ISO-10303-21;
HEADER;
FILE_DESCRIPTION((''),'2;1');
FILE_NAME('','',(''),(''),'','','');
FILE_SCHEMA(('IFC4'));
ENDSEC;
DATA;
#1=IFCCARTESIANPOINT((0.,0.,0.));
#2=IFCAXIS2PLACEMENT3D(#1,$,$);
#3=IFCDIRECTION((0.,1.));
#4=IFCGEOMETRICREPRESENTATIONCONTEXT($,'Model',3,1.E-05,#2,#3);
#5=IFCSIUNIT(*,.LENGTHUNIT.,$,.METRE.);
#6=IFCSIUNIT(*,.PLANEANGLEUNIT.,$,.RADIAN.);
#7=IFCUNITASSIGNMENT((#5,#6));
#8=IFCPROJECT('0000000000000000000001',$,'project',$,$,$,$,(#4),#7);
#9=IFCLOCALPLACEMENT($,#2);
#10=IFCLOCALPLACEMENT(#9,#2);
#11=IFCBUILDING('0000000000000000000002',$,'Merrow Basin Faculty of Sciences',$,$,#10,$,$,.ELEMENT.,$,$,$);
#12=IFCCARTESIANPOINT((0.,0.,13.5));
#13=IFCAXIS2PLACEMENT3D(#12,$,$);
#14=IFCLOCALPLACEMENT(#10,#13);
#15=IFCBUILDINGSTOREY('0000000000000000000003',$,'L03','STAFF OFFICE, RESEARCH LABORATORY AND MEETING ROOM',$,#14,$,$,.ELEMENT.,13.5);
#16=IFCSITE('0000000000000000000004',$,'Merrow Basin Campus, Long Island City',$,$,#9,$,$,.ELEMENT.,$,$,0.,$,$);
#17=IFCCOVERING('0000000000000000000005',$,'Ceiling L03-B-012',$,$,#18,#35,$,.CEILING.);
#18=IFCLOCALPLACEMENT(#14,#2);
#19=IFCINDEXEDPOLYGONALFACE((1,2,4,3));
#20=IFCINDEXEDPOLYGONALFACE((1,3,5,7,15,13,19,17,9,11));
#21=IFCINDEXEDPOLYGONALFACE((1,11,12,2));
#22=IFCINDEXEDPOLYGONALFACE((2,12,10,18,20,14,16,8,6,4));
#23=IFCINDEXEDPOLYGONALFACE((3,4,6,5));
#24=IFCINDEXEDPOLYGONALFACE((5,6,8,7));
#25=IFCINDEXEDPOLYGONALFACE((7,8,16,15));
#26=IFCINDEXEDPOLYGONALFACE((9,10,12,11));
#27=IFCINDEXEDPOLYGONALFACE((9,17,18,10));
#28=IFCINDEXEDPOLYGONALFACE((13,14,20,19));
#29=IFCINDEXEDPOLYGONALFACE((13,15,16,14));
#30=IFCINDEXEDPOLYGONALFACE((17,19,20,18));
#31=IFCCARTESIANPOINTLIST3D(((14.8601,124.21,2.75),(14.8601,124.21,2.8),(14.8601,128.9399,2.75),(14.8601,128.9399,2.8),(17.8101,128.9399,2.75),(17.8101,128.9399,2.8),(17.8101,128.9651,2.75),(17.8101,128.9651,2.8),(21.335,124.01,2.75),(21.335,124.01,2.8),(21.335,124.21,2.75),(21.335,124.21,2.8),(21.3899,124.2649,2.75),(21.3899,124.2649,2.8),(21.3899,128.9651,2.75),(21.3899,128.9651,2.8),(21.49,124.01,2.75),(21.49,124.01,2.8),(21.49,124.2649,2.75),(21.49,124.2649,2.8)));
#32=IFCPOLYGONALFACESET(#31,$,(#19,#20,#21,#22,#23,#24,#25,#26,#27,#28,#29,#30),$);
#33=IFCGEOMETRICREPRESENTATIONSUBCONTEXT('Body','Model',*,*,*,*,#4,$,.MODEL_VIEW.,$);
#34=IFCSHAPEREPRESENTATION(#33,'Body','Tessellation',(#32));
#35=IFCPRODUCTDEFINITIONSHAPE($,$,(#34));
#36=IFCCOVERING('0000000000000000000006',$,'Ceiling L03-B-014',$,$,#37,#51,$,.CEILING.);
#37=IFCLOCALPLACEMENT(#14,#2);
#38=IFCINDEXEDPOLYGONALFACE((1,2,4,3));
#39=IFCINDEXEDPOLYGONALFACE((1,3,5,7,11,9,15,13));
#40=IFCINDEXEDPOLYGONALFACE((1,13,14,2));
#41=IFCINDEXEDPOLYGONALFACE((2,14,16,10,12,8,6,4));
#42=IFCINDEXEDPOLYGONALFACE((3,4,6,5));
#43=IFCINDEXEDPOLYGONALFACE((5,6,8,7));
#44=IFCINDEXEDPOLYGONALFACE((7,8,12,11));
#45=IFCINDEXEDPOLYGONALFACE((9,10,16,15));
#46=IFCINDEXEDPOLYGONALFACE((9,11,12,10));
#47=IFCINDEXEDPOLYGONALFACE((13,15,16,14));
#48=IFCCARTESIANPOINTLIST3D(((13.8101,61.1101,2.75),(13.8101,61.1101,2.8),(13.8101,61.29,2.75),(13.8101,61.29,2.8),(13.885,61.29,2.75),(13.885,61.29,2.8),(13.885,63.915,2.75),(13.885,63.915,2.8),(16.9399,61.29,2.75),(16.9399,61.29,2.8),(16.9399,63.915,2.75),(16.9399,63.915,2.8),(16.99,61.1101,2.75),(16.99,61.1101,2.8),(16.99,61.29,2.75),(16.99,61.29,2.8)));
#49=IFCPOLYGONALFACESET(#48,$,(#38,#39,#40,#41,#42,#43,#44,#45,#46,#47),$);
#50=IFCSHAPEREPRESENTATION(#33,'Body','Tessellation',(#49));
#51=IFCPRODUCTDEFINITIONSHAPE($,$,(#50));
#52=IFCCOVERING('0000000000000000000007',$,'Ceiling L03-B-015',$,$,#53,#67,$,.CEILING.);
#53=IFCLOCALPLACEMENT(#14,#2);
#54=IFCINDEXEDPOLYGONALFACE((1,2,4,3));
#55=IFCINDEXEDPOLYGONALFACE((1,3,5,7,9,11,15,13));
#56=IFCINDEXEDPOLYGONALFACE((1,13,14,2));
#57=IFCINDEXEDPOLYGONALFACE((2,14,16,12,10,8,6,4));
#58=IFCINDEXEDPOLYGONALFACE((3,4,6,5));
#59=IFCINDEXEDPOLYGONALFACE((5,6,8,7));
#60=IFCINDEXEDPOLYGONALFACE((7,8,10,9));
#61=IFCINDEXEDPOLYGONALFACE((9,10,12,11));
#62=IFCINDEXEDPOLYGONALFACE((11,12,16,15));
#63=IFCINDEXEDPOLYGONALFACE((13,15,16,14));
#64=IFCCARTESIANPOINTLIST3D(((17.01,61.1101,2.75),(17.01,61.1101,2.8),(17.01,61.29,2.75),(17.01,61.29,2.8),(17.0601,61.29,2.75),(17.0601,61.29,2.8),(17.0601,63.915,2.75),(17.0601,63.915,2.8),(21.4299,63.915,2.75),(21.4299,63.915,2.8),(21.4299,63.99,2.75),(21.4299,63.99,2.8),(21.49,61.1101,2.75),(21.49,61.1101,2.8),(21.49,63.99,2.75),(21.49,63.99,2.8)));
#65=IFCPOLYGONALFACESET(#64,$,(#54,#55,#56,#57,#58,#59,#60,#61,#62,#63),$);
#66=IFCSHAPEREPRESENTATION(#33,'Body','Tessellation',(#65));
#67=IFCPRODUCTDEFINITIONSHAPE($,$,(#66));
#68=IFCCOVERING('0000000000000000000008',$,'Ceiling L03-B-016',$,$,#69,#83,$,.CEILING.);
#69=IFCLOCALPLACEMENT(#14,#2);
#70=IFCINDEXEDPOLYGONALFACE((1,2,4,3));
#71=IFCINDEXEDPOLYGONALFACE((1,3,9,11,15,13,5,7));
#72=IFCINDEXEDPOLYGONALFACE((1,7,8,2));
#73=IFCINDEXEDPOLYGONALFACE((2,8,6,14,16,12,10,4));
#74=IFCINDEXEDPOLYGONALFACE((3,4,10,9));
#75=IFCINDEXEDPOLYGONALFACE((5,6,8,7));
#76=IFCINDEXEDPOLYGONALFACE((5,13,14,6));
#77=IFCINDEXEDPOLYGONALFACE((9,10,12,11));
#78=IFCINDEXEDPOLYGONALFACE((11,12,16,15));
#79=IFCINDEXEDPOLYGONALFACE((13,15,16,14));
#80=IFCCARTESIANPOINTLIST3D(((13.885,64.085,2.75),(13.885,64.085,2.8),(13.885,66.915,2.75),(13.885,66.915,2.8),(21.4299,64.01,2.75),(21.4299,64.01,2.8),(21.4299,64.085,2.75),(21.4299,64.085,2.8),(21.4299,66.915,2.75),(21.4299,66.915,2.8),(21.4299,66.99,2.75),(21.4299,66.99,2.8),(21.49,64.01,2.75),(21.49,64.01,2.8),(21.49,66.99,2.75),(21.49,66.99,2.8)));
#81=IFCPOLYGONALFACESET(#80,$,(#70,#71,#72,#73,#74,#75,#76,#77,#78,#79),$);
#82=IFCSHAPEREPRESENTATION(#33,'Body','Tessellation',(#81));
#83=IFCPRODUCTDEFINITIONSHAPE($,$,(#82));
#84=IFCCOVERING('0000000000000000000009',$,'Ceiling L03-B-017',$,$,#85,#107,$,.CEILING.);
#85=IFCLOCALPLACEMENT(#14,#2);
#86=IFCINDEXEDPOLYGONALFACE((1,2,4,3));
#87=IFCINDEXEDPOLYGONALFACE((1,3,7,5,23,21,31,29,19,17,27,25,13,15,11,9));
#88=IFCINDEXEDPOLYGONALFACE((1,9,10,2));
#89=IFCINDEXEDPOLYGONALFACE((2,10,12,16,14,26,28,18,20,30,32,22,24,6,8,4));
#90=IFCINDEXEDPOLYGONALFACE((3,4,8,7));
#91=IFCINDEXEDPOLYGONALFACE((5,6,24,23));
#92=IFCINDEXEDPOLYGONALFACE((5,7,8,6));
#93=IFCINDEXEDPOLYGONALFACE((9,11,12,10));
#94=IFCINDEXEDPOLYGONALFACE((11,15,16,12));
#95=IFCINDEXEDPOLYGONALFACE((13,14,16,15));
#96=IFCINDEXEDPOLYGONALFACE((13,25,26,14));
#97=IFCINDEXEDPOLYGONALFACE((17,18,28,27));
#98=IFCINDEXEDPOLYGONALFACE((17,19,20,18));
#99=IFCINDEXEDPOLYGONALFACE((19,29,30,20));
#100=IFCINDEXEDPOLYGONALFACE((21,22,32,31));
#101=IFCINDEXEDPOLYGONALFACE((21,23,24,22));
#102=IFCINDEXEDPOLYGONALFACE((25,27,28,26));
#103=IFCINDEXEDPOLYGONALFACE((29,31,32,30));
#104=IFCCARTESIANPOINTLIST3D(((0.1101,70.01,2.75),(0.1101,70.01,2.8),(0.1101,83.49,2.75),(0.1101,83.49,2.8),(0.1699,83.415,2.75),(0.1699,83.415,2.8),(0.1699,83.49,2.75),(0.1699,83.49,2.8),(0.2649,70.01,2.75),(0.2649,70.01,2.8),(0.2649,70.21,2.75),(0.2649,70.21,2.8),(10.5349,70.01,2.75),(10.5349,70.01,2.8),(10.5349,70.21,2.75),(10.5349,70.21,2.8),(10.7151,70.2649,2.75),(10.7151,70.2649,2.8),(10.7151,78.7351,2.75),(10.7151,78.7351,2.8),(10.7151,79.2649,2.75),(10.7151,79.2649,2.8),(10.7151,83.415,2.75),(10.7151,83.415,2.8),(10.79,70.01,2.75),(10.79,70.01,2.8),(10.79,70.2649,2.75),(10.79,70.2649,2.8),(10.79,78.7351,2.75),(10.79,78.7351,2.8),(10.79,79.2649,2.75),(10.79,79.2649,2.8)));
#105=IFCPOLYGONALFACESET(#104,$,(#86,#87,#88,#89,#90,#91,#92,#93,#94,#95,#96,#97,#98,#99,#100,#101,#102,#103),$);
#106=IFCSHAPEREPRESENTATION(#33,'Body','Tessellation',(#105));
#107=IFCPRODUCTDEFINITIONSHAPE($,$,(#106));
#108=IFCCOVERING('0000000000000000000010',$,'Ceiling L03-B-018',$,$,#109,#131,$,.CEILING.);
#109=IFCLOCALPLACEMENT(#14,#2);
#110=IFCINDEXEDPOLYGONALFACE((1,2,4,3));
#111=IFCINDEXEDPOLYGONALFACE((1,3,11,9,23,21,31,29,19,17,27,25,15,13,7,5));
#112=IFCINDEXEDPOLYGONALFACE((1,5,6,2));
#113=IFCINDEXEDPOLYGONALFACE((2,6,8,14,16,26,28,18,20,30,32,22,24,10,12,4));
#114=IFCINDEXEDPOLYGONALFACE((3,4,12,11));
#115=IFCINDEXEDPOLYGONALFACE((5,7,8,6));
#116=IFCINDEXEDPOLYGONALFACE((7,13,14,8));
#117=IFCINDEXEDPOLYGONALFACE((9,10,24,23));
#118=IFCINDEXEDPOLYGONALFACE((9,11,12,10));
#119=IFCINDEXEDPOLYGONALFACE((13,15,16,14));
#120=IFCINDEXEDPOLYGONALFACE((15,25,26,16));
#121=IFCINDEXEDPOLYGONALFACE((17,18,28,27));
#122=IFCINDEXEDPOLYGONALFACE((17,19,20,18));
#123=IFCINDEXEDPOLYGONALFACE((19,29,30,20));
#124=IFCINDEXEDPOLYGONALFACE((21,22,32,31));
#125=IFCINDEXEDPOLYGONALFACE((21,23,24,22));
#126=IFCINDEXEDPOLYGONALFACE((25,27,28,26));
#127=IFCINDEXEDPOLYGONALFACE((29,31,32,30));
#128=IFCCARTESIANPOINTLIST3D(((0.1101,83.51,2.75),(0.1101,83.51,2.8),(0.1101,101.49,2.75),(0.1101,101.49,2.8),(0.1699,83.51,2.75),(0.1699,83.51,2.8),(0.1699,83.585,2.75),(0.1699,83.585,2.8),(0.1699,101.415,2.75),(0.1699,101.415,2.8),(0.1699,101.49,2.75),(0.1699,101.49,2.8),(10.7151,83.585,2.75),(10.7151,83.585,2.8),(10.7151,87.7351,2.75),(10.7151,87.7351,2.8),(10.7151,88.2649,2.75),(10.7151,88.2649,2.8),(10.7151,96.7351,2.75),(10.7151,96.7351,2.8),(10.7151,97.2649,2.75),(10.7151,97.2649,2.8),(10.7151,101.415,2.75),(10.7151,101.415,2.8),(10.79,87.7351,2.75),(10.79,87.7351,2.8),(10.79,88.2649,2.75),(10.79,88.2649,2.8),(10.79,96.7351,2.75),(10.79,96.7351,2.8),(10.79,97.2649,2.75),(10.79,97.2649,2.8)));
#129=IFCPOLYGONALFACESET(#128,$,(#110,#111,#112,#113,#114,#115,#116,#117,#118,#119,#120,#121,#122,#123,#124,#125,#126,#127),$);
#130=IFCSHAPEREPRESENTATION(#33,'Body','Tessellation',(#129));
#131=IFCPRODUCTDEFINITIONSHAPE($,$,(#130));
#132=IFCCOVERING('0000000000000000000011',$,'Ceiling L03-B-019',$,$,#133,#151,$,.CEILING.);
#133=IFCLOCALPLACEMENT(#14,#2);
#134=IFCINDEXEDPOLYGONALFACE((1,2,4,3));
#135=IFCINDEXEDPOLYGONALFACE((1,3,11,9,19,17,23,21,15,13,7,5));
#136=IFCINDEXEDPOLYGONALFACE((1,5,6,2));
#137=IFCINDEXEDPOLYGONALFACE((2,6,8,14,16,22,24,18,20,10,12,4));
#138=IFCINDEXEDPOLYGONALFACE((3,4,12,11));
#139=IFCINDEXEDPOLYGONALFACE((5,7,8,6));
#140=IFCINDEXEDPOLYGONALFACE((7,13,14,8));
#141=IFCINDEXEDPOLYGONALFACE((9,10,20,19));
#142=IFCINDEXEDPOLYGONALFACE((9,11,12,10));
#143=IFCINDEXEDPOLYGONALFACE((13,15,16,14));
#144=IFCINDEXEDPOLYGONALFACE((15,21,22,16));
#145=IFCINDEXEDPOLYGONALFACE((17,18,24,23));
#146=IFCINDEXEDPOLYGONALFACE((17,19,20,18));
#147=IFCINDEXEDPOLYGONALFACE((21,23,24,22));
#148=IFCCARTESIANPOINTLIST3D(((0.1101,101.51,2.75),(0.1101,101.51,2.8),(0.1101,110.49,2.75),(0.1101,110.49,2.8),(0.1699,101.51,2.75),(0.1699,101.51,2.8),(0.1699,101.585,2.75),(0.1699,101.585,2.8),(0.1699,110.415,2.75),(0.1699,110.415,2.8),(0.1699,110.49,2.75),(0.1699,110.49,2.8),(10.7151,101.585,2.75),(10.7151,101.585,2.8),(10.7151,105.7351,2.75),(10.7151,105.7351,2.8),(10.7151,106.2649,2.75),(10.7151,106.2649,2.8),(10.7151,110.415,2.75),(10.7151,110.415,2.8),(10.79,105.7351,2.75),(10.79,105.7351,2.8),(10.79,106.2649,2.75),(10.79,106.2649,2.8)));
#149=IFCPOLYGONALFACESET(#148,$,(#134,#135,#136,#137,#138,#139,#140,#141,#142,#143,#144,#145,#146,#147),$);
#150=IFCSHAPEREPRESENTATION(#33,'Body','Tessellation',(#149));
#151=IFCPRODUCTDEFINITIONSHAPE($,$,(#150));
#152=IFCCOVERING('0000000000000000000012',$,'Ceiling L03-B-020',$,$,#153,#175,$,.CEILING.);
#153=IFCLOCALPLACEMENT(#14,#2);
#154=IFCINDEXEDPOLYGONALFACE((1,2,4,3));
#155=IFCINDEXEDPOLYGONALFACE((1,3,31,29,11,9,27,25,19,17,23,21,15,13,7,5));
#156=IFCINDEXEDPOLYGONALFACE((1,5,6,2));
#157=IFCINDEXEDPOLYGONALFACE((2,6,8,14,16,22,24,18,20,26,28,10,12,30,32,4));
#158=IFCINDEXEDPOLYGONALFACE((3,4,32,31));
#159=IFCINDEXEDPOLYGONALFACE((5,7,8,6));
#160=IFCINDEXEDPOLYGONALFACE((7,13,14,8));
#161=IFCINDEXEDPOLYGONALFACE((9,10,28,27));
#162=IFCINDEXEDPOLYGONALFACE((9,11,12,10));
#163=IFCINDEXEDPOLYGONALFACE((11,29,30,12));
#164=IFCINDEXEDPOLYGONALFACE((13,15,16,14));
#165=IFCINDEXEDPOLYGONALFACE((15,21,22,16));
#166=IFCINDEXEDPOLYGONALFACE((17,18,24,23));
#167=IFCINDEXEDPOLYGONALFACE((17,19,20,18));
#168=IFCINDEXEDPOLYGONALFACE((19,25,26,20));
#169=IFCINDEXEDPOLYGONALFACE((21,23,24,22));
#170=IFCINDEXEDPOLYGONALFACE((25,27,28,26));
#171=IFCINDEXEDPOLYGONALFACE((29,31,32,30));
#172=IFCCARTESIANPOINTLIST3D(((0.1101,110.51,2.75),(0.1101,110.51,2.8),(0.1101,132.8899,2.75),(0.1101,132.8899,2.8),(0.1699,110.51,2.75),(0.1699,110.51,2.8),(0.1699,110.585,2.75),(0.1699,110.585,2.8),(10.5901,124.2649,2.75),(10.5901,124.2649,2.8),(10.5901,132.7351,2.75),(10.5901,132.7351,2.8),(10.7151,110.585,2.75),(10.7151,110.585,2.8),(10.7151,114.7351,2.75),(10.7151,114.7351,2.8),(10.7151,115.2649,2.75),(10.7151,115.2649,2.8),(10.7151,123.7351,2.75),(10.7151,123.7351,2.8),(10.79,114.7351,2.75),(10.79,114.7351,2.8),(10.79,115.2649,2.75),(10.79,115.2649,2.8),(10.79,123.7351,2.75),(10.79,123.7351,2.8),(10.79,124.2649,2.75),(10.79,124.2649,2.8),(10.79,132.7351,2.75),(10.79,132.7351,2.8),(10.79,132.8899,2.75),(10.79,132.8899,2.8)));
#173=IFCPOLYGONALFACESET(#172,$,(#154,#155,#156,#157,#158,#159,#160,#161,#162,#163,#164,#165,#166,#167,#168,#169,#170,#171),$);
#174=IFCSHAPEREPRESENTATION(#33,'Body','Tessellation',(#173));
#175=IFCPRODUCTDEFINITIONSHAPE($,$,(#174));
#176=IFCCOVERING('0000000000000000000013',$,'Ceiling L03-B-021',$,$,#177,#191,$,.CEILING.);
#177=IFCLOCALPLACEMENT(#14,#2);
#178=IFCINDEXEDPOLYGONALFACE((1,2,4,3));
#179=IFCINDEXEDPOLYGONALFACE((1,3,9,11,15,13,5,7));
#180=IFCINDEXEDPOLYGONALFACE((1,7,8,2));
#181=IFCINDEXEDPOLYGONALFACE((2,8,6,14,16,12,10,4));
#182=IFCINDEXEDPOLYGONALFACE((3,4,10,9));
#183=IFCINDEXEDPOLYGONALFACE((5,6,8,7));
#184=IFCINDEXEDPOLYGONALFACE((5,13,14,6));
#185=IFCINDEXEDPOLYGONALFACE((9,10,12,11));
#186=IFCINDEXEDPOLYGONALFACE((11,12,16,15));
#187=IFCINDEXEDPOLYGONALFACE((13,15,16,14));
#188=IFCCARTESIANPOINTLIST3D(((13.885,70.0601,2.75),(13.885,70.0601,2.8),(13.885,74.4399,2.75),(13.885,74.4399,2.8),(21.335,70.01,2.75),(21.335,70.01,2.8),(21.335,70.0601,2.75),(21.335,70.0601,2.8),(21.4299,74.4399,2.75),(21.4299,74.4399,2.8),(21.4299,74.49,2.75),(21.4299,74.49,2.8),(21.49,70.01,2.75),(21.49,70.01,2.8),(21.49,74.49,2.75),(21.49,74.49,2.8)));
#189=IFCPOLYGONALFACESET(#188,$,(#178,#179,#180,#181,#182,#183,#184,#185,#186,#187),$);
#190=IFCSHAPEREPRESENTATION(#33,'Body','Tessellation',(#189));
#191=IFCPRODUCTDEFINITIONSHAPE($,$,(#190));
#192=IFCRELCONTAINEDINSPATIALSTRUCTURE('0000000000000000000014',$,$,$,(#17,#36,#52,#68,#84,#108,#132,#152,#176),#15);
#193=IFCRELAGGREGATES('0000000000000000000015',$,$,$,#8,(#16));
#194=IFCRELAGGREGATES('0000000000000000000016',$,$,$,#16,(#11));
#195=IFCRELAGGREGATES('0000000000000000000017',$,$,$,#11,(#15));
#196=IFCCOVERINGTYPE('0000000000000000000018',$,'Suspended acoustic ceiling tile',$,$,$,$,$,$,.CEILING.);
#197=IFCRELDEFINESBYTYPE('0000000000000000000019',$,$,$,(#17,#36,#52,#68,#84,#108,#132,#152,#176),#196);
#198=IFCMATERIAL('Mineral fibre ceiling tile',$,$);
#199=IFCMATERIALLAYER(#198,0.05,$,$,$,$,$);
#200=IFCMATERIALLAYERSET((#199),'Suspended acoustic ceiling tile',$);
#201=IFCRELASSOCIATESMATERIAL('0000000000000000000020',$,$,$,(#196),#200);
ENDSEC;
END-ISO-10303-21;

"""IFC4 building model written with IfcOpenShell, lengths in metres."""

from ifc_helpers import new_model, si_unit, direction, frame, origin, place, context, subcontext, project, spatial, polyline, outline, extrude, material, layer, layer_set, type_object, element, save


model = new_model("IFC4")

# Units and contexts
model_context = context("Model", 3, precision=1e-05, world=origin(), true_north=direction((0.0, 1.0)))
body_context = subcontext(model_context, "Body", "Model", "MODEL_VIEW")
ifc_project = project(units=[si_unit("LENGTHUNIT", "METRE"), si_unit("PLANEANGLEUNIT", "RADIAN")], contexts=[model_context])

# Site, building, storey
site_placement = place(None, origin())
site = spatial("IfcSite", under=ifc_project, at=site_placement, Name="Merrow Basin Campus, Long Island City", CompositionType="ELEMENT", RefElevation=0.0)
building_placement = place(site_placement, origin())
building = spatial("IfcBuilding", under=site, at=building_placement, Name="Merrow Basin Faculty of Sciences", CompositionType="ELEMENT")
storey_placement = place(building_placement, frame((0.0, 0.0, 13.5)))
storey = spatial("IfcBuildingStorey", under=building, at=storey_placement, Name="L03", Description="STAFF OFFICE, RESEARCH LABORATORY AND MEETING ROOM", CompositionType="ELEMENT", Elevation=13.5)

# Coverings
ifc_material_1 = material(Name="Mineral fibre ceiling tile")
ifc_layer_1 = layer(ifc_material_1, 0.05)
ifc_layer_set_1 = layer_set([ifc_layer_1], Name="Suspended acoustic ceiling tile")
covering_type = type_object("IfcCoveringType", Name="Suspended acoustic ceiling tile", PredefinedType="CEILING", material=ifc_layer_set_1)
covering_1_placement = place(storey_placement, frame((0.0, 0.0, 2.75)))
element("IfcCovering", 1, at=covering_1_placement, inside=storey, type_object=covering_type, Name="Ceiling L03-B-012", PredefinedType="CEILING", context=body_context, shape_type="SweptSolid", body=[
    extrude(outline(polyline([(21.3899, 128.9651), (21.3899, 124.2649), (21.49, 124.2649), (21.49, 124.01), (21.335, 124.01), (21.335, 124.21), (14.8601, 124.21), (14.8601, 128.9399), (17.8101, 128.9399), (17.8101, 128.9651), (21.3899, 128.9651)])), origin(), (0.0, 0.0, 1.0), 0.05),
])
covering_2_placement = place(storey_placement, frame((0.0, 0.0, 2.75)))
element("IfcCovering", 2, at=covering_2_placement, inside=storey, type_object=covering_type, Name="Ceiling L03-B-014", PredefinedType="CEILING", context=body_context, shape_type="SweptSolid", body=[
    extrude(outline(polyline([(16.99, 61.1101), (13.8101, 61.1101), (13.8101, 61.29), (13.885, 61.29), (13.885, 63.915), (16.9399, 63.915), (16.9399, 61.29), (16.99, 61.29), (16.99, 61.1101)])), origin(), (0.0, 0.0, 1.0), 0.05),
])
covering_3_placement = place(storey_placement, frame((0.0, 0.0, 2.75)))
element("IfcCovering", 3, at=covering_3_placement, inside=storey, type_object=covering_type, Name="Ceiling L03-B-015", PredefinedType="CEILING", context=body_context, shape_type="SweptSolid", body=[
    extrude(outline(polyline([(21.49, 63.99), (21.49, 61.1101), (17.01, 61.1101), (17.01, 61.29), (17.0601, 61.29), (17.0601, 63.915), (21.4299, 63.915), (21.4299, 63.99), (21.49, 63.99)])), origin(), (0.0, 0.0, 1.0), 0.05),
])
covering_4_placement = place(storey_placement, frame((0.0, 0.0, 2.75)))
element("IfcCovering", 4, at=covering_4_placement, inside=storey, type_object=covering_type, Name="Ceiling L03-B-016", PredefinedType="CEILING", context=body_context, shape_type="SweptSolid", body=[
    extrude(outline(polyline([(21.49, 66.99), (21.49, 64.01), (21.4299, 64.01), (21.4299, 64.085), (13.885, 64.085), (13.885, 66.915), (21.4299, 66.915), (21.4299, 66.99), (21.49, 66.99)])), origin(), (0.0, 0.0, 1.0), 0.05),
])
covering_5_placement = place(storey_placement, frame((0.0, 0.0, 2.75)))
element("IfcCovering", 5, at=covering_5_placement, inside=storey, type_object=covering_type, Name="Ceiling L03-B-017", PredefinedType="CEILING", context=body_context, shape_type="SweptSolid", body=[
    extrude(outline(polyline([(10.7151, 83.415), (10.7151, 79.2649), (10.79, 79.2649), (10.79, 78.7351), (10.7151, 78.7351), (10.7151, 70.2649), (10.79, 70.2649), (10.79, 70.01), (10.5349, 70.01), (10.5349, 70.21), (0.2649, 70.21), (0.2649, 70.01), (0.1101, 70.01), (0.1101, 83.49), (0.1699, 83.49), (0.1699, 83.415), (10.7151, 83.415)])), origin(), (0.0, 0.0, 1.0), 0.05),
])
covering_6_placement = place(storey_placement, frame((0.0, 0.0, 2.75)))
element("IfcCovering", 6, at=covering_6_placement, inside=storey, type_object=covering_type, Name="Ceiling L03-B-018", PredefinedType="CEILING", context=body_context, shape_type="SweptSolid", body=[
    extrude(outline(polyline([(10.7151, 101.415), (10.7151, 97.2649), (10.79, 97.2649), (10.79, 96.7351), (10.7151, 96.7351), (10.7151, 88.2649), (10.79, 88.2649), (10.79, 87.7351), (10.7151, 87.7351), (10.7151, 83.585), (0.1699, 83.585), (0.1699, 83.51), (0.1101, 83.51), (0.1101, 101.49), (0.1699, 101.49), (0.1699, 101.415), (10.7151, 101.415)])), origin(), (0.0, 0.0, 1.0), 0.05),
])
covering_7_placement = place(storey_placement, frame((0.0, 0.0, 2.75)))
element("IfcCovering", 7, at=covering_7_placement, inside=storey, type_object=covering_type, Name="Ceiling L03-B-019", PredefinedType="CEILING", context=body_context, shape_type="SweptSolid", body=[
    extrude(outline(polyline([(10.7151, 110.415), (10.7151, 106.2649), (10.79, 106.2649), (10.79, 105.7351), (10.7151, 105.7351), (10.7151, 101.585), (0.1699, 101.585), (0.1699, 101.51), (0.1101, 101.51), (0.1101, 110.49), (0.1699, 110.49), (0.1699, 110.415), (10.7151, 110.415)])), origin(), (0.0, 0.0, 1.0), 0.05),
])
covering_8_placement = place(storey_placement, frame((0.0, 0.0, 2.75)))
element("IfcCovering", 8, at=covering_8_placement, inside=storey, type_object=covering_type, Name="Ceiling L03-B-020", PredefinedType="CEILING", context=body_context, shape_type="SweptSolid", body=[
    extrude(outline(polyline([(10.7151, 110.585), (0.1699, 110.585), (0.1699, 110.51), (0.1101, 110.51), (0.1101, 132.8899), (10.79, 132.8899), (10.79, 132.7351), (10.5901, 132.7351), (10.5901, 124.2649), (10.79, 124.2649), (10.79, 123.7351), (10.7151, 123.7351), (10.7151, 115.2649), (10.79, 115.2649), (10.79, 114.7351), (10.7151, 114.7351), (10.7151, 110.585)])), origin(), (0.0, 0.0, 1.0), 0.05),
])
covering_9_placement = place(storey_placement, frame((0.0, 0.0, 2.75)))
element("IfcCovering", 9, at=covering_9_placement, inside=storey, type_object=covering_type, Name="Ceiling L03-B-021", PredefinedType="CEILING", context=body_context, shape_type="SweptSolid", body=[
    extrude(outline(polyline([(21.49, 74.49), (21.49, 70.01), (21.335, 70.01), (21.335, 70.0601), (13.885, 70.0601), (13.885, 74.4399), (21.4299, 74.4399), (21.4299, 74.49), (21.49, 74.49)])), origin(), (0.0, 0.0, 1.0), 0.05),
])

save(model, "model.ifc")
